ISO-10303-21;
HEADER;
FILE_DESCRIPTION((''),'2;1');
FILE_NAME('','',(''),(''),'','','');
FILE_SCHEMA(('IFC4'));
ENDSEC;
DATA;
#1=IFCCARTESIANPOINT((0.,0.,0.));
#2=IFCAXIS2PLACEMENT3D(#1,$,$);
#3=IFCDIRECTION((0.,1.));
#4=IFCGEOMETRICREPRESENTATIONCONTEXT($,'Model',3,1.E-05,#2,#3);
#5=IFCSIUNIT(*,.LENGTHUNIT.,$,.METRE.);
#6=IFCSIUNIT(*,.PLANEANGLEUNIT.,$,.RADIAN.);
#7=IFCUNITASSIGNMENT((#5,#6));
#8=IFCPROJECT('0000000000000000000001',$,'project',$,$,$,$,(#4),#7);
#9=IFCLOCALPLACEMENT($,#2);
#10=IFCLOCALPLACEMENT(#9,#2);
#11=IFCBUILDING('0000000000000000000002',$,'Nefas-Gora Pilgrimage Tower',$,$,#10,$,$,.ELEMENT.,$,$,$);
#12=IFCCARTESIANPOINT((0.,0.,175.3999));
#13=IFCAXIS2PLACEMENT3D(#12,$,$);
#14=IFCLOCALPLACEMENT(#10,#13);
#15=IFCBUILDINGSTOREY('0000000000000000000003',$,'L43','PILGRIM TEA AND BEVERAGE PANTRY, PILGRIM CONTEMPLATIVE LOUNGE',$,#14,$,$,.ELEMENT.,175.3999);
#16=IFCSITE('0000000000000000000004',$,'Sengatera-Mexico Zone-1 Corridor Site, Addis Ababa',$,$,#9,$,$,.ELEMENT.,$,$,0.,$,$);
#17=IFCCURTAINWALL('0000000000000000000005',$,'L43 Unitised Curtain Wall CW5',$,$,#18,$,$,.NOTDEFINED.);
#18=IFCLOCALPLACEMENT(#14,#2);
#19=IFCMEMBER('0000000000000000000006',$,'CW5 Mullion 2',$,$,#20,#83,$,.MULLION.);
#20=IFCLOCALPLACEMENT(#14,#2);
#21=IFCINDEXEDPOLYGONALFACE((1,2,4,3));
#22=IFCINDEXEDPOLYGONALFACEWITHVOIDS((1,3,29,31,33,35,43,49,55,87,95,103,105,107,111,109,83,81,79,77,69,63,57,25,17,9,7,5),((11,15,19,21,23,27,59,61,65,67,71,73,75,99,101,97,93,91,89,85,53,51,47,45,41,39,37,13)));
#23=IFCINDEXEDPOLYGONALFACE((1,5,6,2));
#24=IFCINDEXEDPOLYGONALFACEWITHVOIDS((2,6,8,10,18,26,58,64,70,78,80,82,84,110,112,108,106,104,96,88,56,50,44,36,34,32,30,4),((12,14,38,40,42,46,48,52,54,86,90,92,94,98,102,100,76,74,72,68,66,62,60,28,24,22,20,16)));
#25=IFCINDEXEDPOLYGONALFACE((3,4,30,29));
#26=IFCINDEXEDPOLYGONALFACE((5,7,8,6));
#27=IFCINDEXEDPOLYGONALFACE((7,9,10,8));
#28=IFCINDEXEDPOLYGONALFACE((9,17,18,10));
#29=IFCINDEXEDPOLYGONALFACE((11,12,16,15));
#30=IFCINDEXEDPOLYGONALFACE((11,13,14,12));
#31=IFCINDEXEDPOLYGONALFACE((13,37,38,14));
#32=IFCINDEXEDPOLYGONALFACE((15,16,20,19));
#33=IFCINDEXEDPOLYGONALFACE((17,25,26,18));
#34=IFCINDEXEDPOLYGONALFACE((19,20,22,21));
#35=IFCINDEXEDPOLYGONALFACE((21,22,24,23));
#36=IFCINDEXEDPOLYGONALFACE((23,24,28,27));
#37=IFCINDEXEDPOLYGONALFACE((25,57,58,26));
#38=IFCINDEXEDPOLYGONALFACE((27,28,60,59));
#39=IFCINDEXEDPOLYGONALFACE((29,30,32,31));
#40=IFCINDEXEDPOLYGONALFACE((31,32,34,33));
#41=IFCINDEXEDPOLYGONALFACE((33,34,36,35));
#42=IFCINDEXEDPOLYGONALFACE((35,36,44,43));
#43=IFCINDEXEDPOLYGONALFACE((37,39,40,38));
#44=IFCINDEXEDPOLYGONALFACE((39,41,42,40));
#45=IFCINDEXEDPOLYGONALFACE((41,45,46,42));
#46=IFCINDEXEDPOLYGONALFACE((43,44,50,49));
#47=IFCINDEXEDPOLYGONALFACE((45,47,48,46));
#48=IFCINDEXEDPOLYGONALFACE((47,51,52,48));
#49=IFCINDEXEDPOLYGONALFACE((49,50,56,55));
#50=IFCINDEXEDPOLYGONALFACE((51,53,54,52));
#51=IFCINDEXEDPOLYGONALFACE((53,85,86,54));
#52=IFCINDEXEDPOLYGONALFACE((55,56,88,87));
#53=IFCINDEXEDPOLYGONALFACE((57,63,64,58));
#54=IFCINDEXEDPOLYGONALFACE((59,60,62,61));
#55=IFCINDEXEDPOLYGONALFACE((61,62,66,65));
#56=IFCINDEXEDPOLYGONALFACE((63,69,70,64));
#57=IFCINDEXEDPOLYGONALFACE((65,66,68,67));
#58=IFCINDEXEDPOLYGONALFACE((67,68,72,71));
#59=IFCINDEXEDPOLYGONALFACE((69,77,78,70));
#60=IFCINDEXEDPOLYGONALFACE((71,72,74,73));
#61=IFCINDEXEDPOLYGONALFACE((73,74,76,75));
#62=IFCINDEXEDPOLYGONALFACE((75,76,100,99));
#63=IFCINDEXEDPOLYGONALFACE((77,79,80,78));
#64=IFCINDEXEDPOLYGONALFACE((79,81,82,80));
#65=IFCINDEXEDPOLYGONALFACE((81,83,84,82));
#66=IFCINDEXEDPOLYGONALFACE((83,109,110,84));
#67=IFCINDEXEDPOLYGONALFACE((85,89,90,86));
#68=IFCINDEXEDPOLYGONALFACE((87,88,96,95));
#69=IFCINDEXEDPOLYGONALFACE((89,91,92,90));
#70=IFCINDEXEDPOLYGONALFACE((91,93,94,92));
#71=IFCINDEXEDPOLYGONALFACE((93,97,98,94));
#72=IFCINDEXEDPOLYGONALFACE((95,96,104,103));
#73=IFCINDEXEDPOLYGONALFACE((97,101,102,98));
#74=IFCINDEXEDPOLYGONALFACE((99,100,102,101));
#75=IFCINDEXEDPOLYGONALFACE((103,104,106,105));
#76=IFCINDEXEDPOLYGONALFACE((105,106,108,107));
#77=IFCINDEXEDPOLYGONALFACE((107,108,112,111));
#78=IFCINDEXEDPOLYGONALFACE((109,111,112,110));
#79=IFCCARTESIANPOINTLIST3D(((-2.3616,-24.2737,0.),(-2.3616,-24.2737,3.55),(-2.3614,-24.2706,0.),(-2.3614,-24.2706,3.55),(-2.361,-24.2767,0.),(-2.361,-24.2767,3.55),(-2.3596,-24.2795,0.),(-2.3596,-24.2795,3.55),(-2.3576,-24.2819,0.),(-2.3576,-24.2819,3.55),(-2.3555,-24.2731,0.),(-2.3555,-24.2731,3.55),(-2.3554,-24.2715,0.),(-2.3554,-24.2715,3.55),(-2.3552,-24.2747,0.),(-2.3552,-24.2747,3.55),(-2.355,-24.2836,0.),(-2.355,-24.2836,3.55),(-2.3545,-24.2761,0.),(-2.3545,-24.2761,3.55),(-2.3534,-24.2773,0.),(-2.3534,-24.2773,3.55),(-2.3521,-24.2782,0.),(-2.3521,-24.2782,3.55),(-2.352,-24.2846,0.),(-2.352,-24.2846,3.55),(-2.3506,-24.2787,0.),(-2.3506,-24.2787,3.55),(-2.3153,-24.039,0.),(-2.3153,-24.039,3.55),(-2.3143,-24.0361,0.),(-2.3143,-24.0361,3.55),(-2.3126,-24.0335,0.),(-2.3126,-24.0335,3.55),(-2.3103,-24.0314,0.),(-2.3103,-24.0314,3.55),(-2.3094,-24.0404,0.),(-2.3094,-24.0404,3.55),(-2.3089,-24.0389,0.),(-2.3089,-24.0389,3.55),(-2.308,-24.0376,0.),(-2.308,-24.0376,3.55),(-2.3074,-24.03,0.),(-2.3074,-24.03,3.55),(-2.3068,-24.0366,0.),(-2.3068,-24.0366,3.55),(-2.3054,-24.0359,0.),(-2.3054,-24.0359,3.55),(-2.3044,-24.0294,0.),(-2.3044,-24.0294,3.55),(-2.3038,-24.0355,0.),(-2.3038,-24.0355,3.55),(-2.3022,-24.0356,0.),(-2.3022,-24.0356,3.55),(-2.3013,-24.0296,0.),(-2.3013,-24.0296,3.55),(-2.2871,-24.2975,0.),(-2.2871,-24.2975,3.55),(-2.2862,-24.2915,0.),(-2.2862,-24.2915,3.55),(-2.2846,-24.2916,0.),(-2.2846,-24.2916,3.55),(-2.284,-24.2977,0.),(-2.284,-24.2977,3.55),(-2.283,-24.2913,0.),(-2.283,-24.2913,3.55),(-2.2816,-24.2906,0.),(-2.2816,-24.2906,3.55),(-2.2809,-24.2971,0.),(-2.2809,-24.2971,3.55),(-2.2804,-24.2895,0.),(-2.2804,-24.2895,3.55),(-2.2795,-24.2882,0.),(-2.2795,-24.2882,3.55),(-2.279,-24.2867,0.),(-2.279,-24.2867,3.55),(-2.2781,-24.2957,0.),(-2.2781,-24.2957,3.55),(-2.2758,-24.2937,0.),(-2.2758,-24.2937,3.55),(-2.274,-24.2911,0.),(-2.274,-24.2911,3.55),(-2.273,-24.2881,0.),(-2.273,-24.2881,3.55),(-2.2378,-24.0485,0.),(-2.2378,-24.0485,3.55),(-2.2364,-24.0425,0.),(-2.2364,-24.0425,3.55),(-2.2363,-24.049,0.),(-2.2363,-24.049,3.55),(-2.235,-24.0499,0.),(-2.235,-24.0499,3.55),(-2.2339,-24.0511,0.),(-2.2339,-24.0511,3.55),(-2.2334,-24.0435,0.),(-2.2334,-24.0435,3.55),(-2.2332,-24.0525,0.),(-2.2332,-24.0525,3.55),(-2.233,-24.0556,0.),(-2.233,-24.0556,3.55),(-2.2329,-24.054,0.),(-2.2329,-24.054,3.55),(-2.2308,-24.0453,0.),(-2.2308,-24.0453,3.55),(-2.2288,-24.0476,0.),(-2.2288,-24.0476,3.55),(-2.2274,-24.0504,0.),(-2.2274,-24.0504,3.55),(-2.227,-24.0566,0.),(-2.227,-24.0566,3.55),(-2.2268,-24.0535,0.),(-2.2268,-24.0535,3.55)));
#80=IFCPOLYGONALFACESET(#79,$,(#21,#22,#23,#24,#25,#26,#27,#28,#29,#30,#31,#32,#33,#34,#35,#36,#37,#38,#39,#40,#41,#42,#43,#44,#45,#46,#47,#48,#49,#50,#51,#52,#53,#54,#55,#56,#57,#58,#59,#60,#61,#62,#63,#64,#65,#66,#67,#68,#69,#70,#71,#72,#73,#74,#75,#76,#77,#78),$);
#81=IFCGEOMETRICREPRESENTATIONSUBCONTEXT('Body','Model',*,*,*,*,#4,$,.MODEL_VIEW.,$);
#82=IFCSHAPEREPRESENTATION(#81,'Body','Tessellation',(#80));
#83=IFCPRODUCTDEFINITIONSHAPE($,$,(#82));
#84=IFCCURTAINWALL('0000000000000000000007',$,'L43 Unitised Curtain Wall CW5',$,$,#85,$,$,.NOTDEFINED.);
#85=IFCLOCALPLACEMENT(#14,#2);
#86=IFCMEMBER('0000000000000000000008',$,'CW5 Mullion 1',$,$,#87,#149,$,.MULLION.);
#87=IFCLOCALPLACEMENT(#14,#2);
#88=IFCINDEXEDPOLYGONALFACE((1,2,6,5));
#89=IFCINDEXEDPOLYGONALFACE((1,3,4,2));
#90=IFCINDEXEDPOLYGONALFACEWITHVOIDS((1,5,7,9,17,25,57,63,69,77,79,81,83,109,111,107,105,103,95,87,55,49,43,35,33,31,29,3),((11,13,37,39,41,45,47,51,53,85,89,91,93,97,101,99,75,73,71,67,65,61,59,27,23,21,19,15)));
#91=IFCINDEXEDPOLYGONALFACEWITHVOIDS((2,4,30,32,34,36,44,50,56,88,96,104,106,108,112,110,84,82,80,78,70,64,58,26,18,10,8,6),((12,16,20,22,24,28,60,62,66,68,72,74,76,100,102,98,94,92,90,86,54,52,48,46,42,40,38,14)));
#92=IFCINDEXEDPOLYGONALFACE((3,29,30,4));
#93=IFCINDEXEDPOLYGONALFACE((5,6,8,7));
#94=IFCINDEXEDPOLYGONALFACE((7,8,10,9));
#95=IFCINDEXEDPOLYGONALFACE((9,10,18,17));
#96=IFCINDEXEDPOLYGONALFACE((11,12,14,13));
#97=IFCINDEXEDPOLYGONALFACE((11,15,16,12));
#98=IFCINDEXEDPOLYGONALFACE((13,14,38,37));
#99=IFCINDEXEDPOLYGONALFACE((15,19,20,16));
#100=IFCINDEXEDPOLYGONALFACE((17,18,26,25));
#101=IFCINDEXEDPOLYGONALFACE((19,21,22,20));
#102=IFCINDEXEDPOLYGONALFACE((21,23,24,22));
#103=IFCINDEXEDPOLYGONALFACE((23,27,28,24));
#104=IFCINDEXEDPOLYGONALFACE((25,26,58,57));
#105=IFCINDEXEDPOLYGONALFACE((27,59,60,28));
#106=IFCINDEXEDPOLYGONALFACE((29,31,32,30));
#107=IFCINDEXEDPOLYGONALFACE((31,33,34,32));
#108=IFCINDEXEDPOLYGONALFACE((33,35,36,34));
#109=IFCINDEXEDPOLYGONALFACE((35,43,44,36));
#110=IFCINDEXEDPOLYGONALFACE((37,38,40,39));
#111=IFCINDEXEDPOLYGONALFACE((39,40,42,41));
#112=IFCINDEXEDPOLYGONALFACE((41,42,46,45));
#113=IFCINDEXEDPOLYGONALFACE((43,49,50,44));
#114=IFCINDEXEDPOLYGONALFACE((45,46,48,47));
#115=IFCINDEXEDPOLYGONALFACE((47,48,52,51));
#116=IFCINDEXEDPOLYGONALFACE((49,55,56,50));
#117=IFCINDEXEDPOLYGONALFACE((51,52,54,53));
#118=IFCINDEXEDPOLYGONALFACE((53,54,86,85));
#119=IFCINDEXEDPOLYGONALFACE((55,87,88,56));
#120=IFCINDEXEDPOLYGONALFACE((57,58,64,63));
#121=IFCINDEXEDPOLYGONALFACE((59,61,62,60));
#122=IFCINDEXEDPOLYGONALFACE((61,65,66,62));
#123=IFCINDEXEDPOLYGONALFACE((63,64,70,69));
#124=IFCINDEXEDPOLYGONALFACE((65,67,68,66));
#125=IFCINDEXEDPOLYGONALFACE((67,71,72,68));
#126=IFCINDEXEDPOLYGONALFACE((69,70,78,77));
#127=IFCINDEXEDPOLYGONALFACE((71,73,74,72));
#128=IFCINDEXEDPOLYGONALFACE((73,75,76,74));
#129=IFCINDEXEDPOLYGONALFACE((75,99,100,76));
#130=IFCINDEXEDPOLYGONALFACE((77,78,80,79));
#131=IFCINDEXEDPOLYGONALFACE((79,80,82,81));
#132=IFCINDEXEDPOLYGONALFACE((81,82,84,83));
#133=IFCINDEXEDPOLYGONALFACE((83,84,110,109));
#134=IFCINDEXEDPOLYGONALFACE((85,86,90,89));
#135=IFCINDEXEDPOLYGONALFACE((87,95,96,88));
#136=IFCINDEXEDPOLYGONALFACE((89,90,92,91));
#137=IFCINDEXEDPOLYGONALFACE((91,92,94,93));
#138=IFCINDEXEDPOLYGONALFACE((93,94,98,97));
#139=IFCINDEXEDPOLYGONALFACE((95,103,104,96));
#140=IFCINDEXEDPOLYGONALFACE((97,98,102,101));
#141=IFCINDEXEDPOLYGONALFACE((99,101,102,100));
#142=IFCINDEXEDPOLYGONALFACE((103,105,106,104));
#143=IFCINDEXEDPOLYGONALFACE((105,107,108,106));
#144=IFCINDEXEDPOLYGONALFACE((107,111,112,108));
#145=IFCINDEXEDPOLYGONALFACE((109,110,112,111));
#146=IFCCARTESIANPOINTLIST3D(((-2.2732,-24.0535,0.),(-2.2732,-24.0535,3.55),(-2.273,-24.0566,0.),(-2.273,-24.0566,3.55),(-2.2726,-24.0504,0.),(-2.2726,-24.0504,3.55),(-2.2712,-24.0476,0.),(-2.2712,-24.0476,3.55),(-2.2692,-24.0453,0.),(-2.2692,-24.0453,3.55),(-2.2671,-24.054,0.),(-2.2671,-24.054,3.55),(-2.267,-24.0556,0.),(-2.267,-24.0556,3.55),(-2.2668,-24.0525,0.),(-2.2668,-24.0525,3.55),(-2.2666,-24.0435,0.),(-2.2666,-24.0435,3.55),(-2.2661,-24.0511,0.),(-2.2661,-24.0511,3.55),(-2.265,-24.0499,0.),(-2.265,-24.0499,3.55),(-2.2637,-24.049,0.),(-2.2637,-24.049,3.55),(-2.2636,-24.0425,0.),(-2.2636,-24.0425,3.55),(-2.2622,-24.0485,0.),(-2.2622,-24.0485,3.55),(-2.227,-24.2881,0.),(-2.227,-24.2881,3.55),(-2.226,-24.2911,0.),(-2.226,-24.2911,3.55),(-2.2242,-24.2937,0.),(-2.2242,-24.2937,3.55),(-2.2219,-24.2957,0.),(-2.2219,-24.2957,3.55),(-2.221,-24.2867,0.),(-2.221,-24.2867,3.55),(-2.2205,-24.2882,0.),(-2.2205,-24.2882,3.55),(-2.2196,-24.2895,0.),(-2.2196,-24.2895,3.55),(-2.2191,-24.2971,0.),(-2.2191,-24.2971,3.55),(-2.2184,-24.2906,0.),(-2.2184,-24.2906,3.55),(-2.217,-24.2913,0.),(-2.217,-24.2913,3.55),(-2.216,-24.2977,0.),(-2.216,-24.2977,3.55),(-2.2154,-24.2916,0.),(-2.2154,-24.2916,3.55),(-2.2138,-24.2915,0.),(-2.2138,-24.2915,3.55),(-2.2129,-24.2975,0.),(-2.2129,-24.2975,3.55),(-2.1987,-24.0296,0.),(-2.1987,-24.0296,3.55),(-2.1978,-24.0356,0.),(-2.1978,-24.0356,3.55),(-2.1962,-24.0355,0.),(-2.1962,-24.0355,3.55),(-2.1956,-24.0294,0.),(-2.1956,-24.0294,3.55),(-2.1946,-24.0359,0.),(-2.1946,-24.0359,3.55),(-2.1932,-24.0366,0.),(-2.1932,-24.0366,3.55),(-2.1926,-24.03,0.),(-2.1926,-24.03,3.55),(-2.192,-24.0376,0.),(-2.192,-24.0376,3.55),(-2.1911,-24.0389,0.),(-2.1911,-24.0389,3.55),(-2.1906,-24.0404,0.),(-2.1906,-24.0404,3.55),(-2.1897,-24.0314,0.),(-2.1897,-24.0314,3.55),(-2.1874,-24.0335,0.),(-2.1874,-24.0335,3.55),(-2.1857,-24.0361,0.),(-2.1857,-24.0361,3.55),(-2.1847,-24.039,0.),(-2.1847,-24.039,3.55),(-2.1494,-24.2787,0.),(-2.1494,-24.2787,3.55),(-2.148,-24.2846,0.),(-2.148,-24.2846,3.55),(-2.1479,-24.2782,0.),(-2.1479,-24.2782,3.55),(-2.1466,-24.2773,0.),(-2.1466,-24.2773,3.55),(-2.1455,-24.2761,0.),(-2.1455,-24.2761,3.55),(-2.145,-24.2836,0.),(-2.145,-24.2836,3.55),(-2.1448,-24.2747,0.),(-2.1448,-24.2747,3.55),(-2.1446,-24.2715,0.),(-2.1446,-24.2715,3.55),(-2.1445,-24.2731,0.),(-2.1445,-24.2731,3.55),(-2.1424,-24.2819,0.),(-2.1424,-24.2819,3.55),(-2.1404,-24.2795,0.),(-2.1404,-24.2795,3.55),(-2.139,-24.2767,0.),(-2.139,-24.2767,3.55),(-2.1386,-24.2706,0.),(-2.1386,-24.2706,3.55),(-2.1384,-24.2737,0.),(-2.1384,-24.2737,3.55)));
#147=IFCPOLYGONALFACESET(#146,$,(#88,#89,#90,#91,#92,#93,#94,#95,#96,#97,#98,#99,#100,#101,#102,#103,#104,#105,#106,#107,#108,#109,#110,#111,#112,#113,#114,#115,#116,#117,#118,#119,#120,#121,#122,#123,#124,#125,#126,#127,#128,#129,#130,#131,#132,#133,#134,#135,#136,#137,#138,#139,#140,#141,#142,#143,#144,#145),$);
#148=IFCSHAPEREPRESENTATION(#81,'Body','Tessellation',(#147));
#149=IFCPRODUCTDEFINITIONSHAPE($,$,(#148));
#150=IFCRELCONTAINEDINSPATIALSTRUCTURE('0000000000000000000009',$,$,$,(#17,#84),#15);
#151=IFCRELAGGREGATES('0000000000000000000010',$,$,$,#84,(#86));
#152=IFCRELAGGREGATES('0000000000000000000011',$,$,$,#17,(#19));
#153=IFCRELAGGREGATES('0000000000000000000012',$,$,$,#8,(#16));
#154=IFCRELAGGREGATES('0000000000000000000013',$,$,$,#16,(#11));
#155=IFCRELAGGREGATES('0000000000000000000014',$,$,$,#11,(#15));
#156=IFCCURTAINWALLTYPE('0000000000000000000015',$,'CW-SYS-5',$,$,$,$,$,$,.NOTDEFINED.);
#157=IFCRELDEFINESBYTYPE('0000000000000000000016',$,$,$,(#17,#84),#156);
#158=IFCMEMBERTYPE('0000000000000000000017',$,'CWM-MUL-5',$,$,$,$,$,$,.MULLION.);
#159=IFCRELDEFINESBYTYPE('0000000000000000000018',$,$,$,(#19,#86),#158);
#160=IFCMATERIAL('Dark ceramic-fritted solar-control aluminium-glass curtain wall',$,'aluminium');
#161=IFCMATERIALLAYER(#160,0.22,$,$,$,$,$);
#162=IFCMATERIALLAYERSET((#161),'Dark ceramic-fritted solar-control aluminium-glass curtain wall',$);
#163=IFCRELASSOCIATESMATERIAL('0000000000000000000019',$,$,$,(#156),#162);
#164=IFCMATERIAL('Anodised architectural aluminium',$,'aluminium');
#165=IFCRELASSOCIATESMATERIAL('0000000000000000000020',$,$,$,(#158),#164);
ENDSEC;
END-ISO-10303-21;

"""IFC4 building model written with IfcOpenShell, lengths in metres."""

from ifc_helpers import new_model, si_unit, direction, frame, origin, origin_2d, place, context, subcontext, project, spatial, hollow_rectangle, extrude, source, transform, mapped, material, layer, layer_set, material_profile, profile_set, type_object, element, aggregate, save


model = new_model("IFC4")

# Units and contexts
model_context = context("Model", 3, precision=1e-05, world=origin(), true_north=direction((0.0, 1.0)))
body_context = subcontext(model_context, "Body", "Model", "MODEL_VIEW")
ifc_project = project(units=[si_unit("LENGTHUNIT", "METRE"), si_unit("PLANEANGLEUNIT", "RADIAN")], contexts=[model_context])

# Site, building, storey
site_placement = place(None, origin())
site = spatial("IfcSite", under=ifc_project, at=site_placement, Name="Sengatera-Mexico Zone-1 Corridor Site, Addis Ababa", CompositionType="ELEMENT", RefElevation=0.0)
building_placement = place(site_placement, origin())
building = spatial("IfcBuilding", under=site, at=building_placement, Name="Nefas-Gora Pilgrimage Tower", CompositionType="ELEMENT")
storey_placement = place(building_placement, frame((0.0, 0.0, 175.3999)))
storey = spatial("IfcBuildingStorey", under=building, at=storey_placement, Name="L43", Description="PILGRIM TEA AND BEVERAGE PANTRY, PILGRIM CONTEMPLATIVE LOUNGE", CompositionType="ELEMENT", Elevation=175.3999)

# Shared definitions
ifc_material_1 = material(Name="Dark ceramic-fritted solar-control aluminium-glass curtain wall", Category="aluminium")
ifc_layer_1 = layer(ifc_material_1, 0.22)
ifc_layer_set_1 = layer_set([ifc_layer_1], Name="Dark ceramic-fritted solar-control aluminium-glass curtain wall")
curtain_wall_type = type_object("IfcCurtainWallType", Name="CW-SYS-5", PredefinedType="NOTDEFINED", material=ifc_layer_set_1)
ifc_material_2 = material(Name="Anodised architectural aluminium", Category="aluminium")
ifc_material_profile_1 = material_profile(ifc_material_2, hollow_rectangle(XDim=0.0901, YDim=0.26, WallThickness=0.0061, InnerFilletRadius=0.0061, OuterFilletRadius=0.012, at=origin_2d()), Name="ALU MULLION 90x260")
ifc_profile_set_1 = profile_set([ifc_material_profile_1], Name="Anodised architectural aluminium")
member_type_1 = type_object("IfcMemberType", Name="CWM-MUL-5", PredefinedType="MULLION", material=ifc_profile_set_1)
shared_shape_1 = source(origin(), body_context, "Body", "SweptSolid", [
    extrude(hollow_rectangle(XDim=0.0901, YDim=0.26, WallThickness=0.0061, InnerFilletRadius=0.0061, OuterFilletRadius=0.012, at=origin_2d()), origin(), (0.0, 0.0, 1.0), 3.55),
])

# Curtain wall, member
curtain_wall_1_placement = place(storey_placement, origin())
curtain_wall_1 = element("IfcCurtainWall", 1, at=curtain_wall_1_placement, inside=storey, type_object=curtain_wall_type, Name="L43 Unitised Curtain Wall CW5", PredefinedType="NOTDEFINED")
member_1_placement = place(storey_placement, frame((-2.2942, -24.1636, 0.0), z_axis=(0.0, 0.0, 1.0), x_axis=(0.980783, -0.195102, 0.0)))
member_1 = element("IfcMember", 2, at=member_1_placement, type_object=member_type_1, Name="CW5 Mullion 2", PredefinedType="MULLION", context=body_context, shape_type="MappedRepresentation", body=[
    mapped(shared_shape_1, transform((0.0, 0.0, 0.0), x_axis=(1.0, 0.0, 0.0), y_axis=(0.0, 1.0, 0.0), z_axis=(0.0, 0.0, 1.0), scale=1.0)),
])

# Curtain wall, member
curtain_wall_2_placement = place(storey_placement, origin())
curtain_wall_2 = element("IfcCurtainWall", 3, at=curtain_wall_2_placement, inside=storey, type_object=curtain_wall_type, Name="L43 Unitised Curtain Wall CW5", PredefinedType="NOTDEFINED")
member_2_placement = place(storey_placement, frame((-2.2058, -24.1636, 0.0), z_axis=(0.0, 0.0, 1.0), x_axis=(0.980783, 0.195102, 0.0)))
member_2 = element("IfcMember", 4, at=member_2_placement, type_object=member_type_1, Name="CW5 Mullion 1", PredefinedType="MULLION", context=body_context, shape_type="MappedRepresentation", body=[
    mapped(shared_shape_1, transform((0.0, 0.0, 0.0), x_axis=(1.0, 0.0, 0.0), y_axis=(0.0, 1.0, 0.0), z_axis=(0.0, 0.0, 1.0), scale=1.0)),
])

aggregate(curtain_wall_2, [member_2])

aggregate(curtain_wall_1, [member_1])

save(model, "model.ifc")
